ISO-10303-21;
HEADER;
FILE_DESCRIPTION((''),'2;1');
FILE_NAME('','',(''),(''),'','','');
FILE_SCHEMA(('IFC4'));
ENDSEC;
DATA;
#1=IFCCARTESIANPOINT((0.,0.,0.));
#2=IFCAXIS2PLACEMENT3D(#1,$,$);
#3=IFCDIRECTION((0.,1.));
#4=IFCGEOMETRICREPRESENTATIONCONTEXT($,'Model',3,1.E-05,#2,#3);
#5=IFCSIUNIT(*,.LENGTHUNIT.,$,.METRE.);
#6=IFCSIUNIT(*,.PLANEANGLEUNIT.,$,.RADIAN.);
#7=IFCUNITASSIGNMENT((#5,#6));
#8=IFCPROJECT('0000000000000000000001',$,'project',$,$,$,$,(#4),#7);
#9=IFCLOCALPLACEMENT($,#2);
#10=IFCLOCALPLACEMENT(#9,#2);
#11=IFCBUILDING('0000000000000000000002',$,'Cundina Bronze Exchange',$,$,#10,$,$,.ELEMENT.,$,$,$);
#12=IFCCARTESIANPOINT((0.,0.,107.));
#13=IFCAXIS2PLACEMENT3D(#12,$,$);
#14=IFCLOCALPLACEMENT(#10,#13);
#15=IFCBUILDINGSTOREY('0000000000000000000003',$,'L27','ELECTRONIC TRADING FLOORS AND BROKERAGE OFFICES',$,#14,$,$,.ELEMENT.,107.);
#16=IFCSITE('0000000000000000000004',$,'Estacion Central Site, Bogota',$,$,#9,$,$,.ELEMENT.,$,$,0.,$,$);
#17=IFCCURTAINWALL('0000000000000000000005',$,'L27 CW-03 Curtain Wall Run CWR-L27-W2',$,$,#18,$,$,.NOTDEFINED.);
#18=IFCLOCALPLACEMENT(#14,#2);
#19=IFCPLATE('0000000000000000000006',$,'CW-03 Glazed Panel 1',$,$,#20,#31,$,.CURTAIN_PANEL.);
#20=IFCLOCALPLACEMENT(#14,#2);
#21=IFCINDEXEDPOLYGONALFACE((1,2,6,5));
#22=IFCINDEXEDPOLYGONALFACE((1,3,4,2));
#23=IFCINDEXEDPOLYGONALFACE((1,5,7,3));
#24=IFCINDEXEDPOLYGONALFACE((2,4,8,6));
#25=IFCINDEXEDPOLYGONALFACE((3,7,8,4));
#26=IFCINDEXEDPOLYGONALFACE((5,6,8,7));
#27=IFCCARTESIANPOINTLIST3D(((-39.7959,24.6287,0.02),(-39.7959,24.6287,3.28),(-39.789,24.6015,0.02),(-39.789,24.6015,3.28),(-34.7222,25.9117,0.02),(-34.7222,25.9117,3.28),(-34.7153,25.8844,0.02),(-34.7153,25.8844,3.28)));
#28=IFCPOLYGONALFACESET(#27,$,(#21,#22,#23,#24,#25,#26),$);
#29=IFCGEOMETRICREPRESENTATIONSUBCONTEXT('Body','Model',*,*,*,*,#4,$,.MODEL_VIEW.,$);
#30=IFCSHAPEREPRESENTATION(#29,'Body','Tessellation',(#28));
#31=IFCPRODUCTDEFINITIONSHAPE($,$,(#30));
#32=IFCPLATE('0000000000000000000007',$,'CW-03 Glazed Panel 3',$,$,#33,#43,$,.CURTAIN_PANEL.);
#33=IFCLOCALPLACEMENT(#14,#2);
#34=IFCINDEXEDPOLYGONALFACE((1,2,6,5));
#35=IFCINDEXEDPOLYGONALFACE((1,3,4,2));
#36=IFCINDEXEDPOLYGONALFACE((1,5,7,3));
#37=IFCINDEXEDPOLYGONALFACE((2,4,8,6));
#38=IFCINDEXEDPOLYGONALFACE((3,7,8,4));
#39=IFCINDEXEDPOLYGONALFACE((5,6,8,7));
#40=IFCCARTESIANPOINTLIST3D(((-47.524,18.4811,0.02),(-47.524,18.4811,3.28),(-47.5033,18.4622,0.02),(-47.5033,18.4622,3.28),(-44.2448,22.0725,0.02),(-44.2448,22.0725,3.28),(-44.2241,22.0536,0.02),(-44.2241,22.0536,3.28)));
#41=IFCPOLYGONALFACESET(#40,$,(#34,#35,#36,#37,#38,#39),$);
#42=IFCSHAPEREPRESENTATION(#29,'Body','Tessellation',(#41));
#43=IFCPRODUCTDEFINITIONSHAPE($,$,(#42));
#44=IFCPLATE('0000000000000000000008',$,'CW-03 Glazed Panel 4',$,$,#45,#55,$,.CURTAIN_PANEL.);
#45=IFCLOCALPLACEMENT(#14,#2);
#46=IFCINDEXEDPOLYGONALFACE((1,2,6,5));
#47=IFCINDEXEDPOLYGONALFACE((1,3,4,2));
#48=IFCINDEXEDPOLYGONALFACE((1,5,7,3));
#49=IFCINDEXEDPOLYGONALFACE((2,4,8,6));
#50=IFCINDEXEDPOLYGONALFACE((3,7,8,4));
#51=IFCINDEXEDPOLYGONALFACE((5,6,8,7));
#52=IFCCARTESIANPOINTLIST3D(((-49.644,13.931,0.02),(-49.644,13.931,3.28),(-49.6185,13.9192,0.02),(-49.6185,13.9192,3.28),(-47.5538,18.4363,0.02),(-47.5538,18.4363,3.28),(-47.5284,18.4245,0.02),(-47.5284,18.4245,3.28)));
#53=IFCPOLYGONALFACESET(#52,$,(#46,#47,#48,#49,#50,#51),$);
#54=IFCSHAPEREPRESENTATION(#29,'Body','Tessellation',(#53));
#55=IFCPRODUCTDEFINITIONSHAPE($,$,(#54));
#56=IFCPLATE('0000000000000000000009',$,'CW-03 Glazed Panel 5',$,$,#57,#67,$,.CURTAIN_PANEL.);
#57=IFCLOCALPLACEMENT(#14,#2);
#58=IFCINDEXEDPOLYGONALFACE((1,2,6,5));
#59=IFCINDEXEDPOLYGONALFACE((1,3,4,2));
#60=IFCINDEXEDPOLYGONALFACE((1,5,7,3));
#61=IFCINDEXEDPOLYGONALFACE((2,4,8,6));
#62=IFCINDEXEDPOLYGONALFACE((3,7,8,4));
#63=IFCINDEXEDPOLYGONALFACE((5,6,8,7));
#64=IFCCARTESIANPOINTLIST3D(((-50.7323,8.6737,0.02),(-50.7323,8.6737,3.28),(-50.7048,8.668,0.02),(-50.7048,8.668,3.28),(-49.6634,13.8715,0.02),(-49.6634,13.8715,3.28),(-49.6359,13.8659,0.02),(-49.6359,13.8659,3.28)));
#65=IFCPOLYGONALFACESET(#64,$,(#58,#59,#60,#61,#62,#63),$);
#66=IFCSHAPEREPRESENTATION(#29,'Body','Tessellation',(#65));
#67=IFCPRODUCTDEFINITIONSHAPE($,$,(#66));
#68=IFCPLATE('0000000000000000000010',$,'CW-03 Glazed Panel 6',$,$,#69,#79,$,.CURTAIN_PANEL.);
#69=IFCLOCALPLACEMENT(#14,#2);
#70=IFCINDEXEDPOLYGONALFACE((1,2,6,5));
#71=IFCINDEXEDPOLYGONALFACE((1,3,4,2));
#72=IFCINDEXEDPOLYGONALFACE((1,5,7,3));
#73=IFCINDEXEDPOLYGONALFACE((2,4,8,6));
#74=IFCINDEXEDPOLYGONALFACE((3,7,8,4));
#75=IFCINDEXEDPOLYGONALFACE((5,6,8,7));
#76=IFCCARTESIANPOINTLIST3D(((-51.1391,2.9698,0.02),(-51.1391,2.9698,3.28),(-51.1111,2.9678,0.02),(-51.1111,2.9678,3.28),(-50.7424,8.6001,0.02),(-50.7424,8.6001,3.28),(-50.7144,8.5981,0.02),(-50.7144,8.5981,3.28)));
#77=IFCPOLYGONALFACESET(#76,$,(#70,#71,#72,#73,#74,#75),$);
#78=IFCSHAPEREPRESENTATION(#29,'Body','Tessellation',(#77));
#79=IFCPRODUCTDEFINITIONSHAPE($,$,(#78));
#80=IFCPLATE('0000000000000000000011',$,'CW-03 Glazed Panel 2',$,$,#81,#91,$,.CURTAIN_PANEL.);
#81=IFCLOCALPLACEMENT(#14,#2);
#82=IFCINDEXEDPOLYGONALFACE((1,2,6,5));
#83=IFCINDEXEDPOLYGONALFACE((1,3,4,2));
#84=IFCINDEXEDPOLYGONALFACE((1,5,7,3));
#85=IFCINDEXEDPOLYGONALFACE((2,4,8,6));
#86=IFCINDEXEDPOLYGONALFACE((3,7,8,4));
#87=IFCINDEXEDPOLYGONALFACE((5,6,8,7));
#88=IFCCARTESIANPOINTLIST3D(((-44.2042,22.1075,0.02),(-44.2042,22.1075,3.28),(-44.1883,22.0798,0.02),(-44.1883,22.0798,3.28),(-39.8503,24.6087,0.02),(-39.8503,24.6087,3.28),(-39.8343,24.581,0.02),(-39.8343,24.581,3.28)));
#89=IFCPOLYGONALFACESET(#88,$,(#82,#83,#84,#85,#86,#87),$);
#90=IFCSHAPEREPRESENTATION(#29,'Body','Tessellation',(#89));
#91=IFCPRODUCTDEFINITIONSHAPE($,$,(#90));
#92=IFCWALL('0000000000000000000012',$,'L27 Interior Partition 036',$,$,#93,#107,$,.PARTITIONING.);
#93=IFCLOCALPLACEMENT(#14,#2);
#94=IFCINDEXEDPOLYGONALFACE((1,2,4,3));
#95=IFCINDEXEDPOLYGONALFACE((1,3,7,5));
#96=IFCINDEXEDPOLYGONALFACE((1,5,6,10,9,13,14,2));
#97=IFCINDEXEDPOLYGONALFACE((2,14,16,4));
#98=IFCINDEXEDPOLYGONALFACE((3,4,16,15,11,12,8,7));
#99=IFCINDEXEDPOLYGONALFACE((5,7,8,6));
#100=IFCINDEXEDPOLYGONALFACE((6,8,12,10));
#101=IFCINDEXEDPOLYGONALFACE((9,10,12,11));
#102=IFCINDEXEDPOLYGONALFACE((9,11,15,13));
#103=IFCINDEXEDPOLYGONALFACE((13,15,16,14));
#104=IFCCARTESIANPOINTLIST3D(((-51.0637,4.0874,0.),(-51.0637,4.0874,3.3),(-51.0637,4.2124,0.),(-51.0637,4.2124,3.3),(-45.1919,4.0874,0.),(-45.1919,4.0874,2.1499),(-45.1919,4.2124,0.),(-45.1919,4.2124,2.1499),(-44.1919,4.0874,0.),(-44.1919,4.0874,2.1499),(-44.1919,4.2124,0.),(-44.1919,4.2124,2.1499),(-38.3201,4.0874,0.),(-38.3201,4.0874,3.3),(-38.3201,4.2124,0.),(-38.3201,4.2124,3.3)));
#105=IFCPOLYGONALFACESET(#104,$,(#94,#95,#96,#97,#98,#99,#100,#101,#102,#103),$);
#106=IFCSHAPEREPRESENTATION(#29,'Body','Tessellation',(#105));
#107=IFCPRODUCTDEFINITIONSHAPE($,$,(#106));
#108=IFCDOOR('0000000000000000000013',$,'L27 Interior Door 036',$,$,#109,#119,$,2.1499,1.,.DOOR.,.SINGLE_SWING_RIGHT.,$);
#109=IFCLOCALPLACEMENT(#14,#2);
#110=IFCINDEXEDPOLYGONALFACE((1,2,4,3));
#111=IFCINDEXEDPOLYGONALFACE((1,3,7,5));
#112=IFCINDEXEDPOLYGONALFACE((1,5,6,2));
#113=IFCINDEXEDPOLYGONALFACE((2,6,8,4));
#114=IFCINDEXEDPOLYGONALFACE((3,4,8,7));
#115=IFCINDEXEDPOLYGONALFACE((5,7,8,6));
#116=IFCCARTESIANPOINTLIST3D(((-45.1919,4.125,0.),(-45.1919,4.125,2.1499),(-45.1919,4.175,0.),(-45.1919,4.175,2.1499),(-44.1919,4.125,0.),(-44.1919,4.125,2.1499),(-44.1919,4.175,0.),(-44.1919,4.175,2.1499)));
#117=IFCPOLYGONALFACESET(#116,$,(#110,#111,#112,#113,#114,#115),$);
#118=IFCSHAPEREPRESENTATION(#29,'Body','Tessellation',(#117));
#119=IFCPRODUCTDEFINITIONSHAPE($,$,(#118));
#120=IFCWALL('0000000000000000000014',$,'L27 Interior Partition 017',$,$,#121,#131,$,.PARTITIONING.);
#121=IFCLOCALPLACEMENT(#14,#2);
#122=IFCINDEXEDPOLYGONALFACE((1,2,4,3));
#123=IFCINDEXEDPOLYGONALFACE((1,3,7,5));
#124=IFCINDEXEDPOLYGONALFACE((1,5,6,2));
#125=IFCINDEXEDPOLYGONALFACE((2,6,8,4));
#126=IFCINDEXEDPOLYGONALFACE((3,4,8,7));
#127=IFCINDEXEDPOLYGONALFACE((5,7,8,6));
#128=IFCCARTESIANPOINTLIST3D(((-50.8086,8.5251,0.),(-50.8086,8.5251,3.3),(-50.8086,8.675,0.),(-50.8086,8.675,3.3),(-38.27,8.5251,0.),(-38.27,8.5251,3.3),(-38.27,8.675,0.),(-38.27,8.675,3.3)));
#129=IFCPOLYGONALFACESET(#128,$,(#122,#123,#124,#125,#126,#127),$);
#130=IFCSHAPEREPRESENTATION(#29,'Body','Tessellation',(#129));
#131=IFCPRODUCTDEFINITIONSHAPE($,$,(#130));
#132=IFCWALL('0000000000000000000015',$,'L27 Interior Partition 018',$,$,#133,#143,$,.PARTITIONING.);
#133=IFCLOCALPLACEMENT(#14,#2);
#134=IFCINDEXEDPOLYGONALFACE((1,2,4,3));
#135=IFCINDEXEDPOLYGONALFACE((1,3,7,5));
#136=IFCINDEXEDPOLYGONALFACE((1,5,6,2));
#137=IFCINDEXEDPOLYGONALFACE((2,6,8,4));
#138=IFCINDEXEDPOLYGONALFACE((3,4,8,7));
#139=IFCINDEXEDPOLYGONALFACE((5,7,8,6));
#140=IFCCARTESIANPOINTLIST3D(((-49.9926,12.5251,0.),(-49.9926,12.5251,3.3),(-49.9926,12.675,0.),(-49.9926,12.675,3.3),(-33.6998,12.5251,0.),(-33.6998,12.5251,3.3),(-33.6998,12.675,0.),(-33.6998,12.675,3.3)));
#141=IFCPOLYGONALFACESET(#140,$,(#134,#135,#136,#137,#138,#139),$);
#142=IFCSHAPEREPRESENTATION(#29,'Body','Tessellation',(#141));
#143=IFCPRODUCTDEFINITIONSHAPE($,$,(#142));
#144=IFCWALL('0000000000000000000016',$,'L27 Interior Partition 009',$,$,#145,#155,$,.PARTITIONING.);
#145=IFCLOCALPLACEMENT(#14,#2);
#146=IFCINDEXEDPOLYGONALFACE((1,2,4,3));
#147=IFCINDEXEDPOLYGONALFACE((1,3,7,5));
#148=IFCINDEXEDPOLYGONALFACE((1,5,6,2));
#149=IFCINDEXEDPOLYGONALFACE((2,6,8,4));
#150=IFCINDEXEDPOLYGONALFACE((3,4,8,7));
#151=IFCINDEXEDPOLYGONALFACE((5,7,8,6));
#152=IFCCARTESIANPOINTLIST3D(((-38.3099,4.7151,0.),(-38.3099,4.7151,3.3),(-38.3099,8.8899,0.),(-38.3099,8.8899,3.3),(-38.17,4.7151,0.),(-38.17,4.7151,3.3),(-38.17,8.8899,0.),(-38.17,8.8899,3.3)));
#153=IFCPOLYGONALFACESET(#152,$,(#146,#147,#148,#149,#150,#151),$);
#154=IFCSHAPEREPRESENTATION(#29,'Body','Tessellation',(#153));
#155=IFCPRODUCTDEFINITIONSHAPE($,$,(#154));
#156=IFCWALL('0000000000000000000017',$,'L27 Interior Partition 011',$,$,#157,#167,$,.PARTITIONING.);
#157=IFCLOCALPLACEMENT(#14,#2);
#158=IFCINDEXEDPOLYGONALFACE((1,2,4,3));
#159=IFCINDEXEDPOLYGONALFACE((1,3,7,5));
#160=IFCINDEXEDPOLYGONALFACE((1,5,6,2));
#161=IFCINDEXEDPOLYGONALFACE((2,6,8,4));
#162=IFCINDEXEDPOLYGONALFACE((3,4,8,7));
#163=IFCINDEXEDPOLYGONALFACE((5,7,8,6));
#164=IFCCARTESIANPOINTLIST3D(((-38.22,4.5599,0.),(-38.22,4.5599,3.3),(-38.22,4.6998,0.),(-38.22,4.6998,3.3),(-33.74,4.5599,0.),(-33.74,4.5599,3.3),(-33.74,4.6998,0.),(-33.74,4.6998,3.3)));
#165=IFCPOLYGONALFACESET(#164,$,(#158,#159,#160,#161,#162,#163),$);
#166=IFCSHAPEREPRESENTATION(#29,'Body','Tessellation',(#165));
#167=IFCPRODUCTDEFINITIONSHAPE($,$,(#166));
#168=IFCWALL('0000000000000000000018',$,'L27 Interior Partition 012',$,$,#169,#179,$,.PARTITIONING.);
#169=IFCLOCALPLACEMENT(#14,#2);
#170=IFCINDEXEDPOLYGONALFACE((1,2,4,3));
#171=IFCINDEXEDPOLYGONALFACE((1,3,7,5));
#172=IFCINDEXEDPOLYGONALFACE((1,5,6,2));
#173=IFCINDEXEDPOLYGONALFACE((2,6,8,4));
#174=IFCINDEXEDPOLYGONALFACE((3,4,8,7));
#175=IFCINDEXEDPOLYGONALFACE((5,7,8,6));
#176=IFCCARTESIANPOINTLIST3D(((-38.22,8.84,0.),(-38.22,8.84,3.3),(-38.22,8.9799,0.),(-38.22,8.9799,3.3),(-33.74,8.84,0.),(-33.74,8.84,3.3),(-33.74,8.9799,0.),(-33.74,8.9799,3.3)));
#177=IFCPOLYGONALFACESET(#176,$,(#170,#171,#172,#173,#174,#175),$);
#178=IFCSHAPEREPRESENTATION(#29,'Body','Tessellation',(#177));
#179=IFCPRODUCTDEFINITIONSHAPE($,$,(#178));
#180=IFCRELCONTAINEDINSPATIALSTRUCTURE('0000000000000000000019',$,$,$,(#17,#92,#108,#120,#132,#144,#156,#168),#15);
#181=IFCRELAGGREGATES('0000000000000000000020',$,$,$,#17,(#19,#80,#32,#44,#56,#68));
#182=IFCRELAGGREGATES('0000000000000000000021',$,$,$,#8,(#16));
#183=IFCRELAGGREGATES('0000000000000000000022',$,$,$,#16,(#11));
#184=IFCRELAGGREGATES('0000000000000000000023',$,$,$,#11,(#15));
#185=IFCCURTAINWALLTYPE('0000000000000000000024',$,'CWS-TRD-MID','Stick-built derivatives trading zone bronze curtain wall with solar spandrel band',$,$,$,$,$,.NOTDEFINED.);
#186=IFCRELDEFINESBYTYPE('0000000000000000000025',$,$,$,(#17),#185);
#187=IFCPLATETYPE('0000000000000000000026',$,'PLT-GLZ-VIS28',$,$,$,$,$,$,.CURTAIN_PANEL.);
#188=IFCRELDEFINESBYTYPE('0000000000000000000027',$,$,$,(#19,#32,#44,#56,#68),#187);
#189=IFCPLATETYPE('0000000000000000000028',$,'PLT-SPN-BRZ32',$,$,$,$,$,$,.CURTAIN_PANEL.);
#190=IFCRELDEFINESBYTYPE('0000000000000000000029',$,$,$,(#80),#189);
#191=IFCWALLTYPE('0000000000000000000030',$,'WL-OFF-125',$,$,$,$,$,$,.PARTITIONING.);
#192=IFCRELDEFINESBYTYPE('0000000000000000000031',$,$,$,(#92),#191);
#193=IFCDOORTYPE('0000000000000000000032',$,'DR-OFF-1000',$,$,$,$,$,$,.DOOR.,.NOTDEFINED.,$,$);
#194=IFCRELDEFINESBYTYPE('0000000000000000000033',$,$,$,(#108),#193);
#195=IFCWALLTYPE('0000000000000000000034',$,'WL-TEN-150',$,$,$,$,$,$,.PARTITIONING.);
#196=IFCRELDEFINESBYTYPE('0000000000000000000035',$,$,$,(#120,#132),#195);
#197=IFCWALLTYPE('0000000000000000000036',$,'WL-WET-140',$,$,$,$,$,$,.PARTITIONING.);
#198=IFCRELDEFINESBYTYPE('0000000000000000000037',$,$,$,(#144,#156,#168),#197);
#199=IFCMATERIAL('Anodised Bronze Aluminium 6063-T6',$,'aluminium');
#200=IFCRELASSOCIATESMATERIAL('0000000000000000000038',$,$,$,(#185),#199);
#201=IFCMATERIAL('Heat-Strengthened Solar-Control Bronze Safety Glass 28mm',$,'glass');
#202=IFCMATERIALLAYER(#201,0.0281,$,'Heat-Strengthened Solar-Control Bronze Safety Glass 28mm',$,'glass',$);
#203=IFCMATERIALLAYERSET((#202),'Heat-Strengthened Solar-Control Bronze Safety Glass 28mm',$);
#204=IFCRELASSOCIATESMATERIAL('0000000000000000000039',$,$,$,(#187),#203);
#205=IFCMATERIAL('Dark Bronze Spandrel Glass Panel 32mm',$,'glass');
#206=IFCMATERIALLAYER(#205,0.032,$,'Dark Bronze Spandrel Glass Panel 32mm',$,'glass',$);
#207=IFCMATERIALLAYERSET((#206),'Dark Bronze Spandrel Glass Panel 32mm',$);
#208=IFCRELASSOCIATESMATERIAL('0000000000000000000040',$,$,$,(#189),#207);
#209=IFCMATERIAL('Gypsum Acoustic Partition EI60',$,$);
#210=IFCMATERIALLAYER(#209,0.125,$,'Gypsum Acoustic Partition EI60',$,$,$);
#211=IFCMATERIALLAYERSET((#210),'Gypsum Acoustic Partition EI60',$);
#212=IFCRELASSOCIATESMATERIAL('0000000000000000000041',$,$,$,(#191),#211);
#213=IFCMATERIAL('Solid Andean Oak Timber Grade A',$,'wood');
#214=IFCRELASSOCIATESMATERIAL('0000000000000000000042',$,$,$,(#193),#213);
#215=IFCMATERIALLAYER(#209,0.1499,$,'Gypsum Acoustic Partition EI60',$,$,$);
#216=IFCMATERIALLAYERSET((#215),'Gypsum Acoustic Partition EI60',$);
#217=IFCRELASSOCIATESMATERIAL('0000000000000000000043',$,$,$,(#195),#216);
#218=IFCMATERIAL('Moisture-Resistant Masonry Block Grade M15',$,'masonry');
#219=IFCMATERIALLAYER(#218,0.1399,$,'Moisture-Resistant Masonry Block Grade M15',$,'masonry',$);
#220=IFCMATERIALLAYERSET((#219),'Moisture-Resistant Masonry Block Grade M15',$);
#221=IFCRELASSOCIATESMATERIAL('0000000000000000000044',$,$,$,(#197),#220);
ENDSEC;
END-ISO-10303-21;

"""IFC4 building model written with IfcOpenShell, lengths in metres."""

from ifc_helpers import new_model, si_unit, direction, frame, frame_2d, origin, origin_2d, place, context, subcontext, project, spatial, rectangle, extrude, material, layer, layer_set, type_object, element, fill, aggregate, save


model = new_model("IFC4")

# Units and contexts
model_context = context("Model", 3, precision=1e-05, world=origin(), true_north=direction((0.0, 1.0)))
body_context = subcontext(model_context, "Body", "Model", "MODEL_VIEW")
ifc_project = project(units=[si_unit("LENGTHUNIT", "METRE"), si_unit("PLANEANGLEUNIT", "RADIAN")], contexts=[model_context])

# Site, building, storey
site_placement = place(None, origin())
site = spatial("IfcSite", under=ifc_project, at=site_placement, Name="Estacion Central Site, Bogota", CompositionType="ELEMENT", RefElevation=0.0)
building_placement = place(site_placement, origin())
building = spatial("IfcBuilding", under=site, at=building_placement, Name="Cundina Bronze Exchange", CompositionType="ELEMENT")
storey_placement = place(building_placement, frame((0.0, 0.0, 107.0)))
storey = spatial("IfcBuildingStorey", under=building, at=storey_placement, Name="L27", Description="ELECTRONIC TRADING FLOORS AND BROKERAGE OFFICES", CompositionType="ELEMENT", Elevation=107.0)

# Curtain wall, plates
ifc_material_1 = material(Name="Anodised Bronze Aluminium 6063-T6", Category="aluminium")
curtain_wall_type = type_object("IfcCurtainWallType", Name="CWS-TRD-MID", Description="Stick-built derivatives trading zone bronze curtain wall with solar spandrel band", PredefinedType="NOTDEFINED", material=ifc_material_1)
curtain_wall_placement = place(storey_placement, origin())
curtain_wall = element("IfcCurtainWall", 1, at=curtain_wall_placement, inside=storey, type_object=curtain_wall_type, Name="L27 CW-03 Curtain Wall Run CWR-L27-W2", PredefinedType="NOTDEFINED")
ifc_material_2 = material(Name="Heat-Strengthened Solar-Control Bronze Safety Glass 28mm", Category="glass")
ifc_layer_1 = layer(ifc_material_2, 0.0281, Name="Heat-Strengthened Solar-Control Bronze Safety Glass 28mm", Category="glass")
ifc_layer_set_1 = layer_set([ifc_layer_1], Name="Heat-Strengthened Solar-Control Bronze Safety Glass 28mm")
plate_type_1 = type_object("IfcPlateType", Name="PLT-GLZ-VIS28", PredefinedType="CURTAIN_PANEL", material=ifc_layer_set_1)
plate_1_placement = place(storey_placement, frame((-37.2556, 25.2566, 0.02), z_axis=(0.0, 0.0, 1.0), x_axis=(-0.969488, -0.245138, 0.0)))
plate_1 = element("IfcPlate", 2, at=plate_1_placement, type_object=plate_type_1, Name="CW-03 Glazed Panel 1", PredefinedType="CURTAIN_PANEL", context=body_context, shape_type="SweptSolid", body=[
    extrude(rectangle(XDim=5.2334, YDim=0.0281, at=origin_2d()), origin(), (0.0, 0.0, 1.0), 3.26),
])
plate_2_placement = place(storey_placement, frame((-45.874, 20.2673, 0.02), z_axis=(0.0, 0.0, 1.0), x_axis=(-0.674277, -0.738479, 0.0)))
plate_2 = element("IfcPlate", 3, at=plate_2_placement, type_object=plate_type_1, Name="CW-03 Glazed Panel 3", PredefinedType="CURTAIN_PANEL", context=body_context, shape_type="SweptSolid", body=[
    extrude(rectangle(XDim=4.8633, YDim=0.0281, at=origin_2d()), origin(), (0.0, 0.0, 1.0), 3.26),
])
plate_3_placement = place(storey_placement, frame((-48.5862, 16.1777, 0.02), z_axis=(0.0, 0.0, 1.0), x_axis=(-0.420846, -0.907132, 0.0)))
plate_3 = element("IfcPlate", 4, at=plate_3_placement, type_object=plate_type_1, Name="CW-03 Glazed Panel 4", PredefinedType="CURTAIN_PANEL", context=body_context, shape_type="SweptSolid", body=[
    extrude(rectangle(XDim=4.9666, YDim=0.0281, at=origin_2d()), origin(), (0.0, 0.0, 1.0), 3.26),
])
plate_4_placement = place(storey_placement, frame((-50.1841, 11.2698, 0.02), z_axis=(0.0, 0.0, 1.0), x_axis=(-0.20142, -0.979505, 0.0)))
plate_4 = element("IfcPlate", 5, at=plate_4_placement, type_object=plate_type_1, Name="CW-03 Glazed Panel 5", PredefinedType="CURTAIN_PANEL", context=body_context, shape_type="SweptSolid", body=[
    extrude(rectangle(XDim=5.3066, YDim=0.0281, at=origin_2d()), origin(), (0.0, 0.0, 1.0), 3.26),
])
plate_5_placement = place(storey_placement, frame((-50.9268, 5.7839, 0.02), z_axis=(0.0, 0.0, 1.0), x_axis=(-0.070279, -0.997527, 0.0)))
plate_5 = element("IfcPlate", 6, at=plate_5_placement, type_object=plate_type_1, Name="CW-03 Glazed Panel 6", PredefinedType="CURTAIN_PANEL", context=body_context, shape_type="SweptSolid", body=[
    extrude(rectangle(XDim=5.6443, YDim=0.0281, at=origin_2d()), origin(), (0.0, 0.0, 1.0), 3.26),
])
ifc_material_3 = material(Name="Dark Bronze Spandrel Glass Panel 32mm", Category="glass")
ifc_layer_2 = layer(ifc_material_3, 0.032, Name="Dark Bronze Spandrel Glass Panel 32mm", Category="glass")
ifc_layer_set_2 = layer_set([ifc_layer_2], Name="Dark Bronze Spandrel Glass Panel 32mm")
plate_type_2 = type_object("IfcPlateType", Name="PLT-SPN-BRZ32", PredefinedType="CURTAIN_PANEL", material=ifc_layer_set_2)
plate_6_placement = place(storey_placement, frame((-42.0193, 23.3442, 0.02), z_axis=(0.0, 0.0, 1.0), x_axis=(-0.867105, -0.498125, 0.0)))
plate_6 = element("IfcPlate", 7, at=plate_6_placement, type_object=plate_type_2, Name="CW-03 Glazed Panel 2", PredefinedType="CURTAIN_PANEL", context=body_context, shape_type="SweptSolid", body=[
    extrude(rectangle(XDim=5.0212, YDim=0.032, at=origin_2d()), origin(), (0.0, 0.0, 1.0), 3.26),
])
aggregate(curtain_wall, [plate_1, plate_6, plate_2, plate_3, plate_4, plate_5])

# Wall, opening, door
ifc_material_4 = material(Name="Gypsum Acoustic Partition EI60")
ifc_layer_3 = layer(ifc_material_4, 0.125, Name="Gypsum Acoustic Partition EI60")
ifc_layer_set_3 = layer_set([ifc_layer_3], Name="Gypsum Acoustic Partition EI60")
wall_type_1 = type_object("IfcWallType", Name="WL-OFF-125", PredefinedType="PARTITIONING", material=ifc_layer_set_3)
wall_1_placement = place(storey_placement, frame((-38.3201, 4.1499, 0.0), z_axis=(0.0, 0.0, 1.0), x_axis=(-1.0, 0.0, 0.0)))
wall_1 = element("IfcWall", 8, at=wall_1_placement, inside=storey, type_object=wall_type_1, Name="L27 Interior Partition 036", PredefinedType="PARTITIONING", context=body_context, shape_type="SweptSolid", body=[
    extrude(rectangle(XDim=12.7437, YDim=0.125, at=frame_2d((6.3718, 0.0))), origin(), (0.0, 0.0, 1.0), 3.3),
])
opening_placement = place(wall_1_placement, frame((5.8718, 0.0, 0.0)))
opening = element("IfcOpeningElement", 9, at=opening_placement, cuts=wall_1, PredefinedType="OPENING", context=body_context, shape_type="SweptSolid", body=[
    extrude(rectangle(XDim=1.0, YDim=2.1499, at=frame_2d((0.5, 1.075))), frame((0.0, 0.0725, 0.0), z_axis=(0.0, -1.0, 0.0), x_axis=(1.0, 0.0, 0.0)), (0.0, 0.0, 1.0), 0.145),
])
ifc_material_5 = material(Name="Solid Andean Oak Timber Grade A", Category="wood")
door_type = type_object("IfcDoorType", Name="DR-OFF-1000", OperationType="NOTDEFINED", PredefinedType="DOOR", material=ifc_material_5)
door_placement = place(opening_placement, origin())
door = element("IfcDoor", 10, at=door_placement, inside=storey, type_object=door_type, Name="L27 Interior Door 036", OperationType="SINGLE_SWING_RIGHT", OverallHeight=2.1499, OverallWidth=1.0, PredefinedType="DOOR", context=body_context, shape_type="SweptSolid", body=[
    extrude(rectangle(XDim=1.0, YDim=2.1499, at=frame_2d((0.5, 1.075))), frame((0.0, 0.0249, 0.0), z_axis=(0.0, -1.0, 0.0), x_axis=(1.0, 0.0, 0.0)), (0.0, 0.0, 1.0), 0.05),
])
fill(opening, door)

# Walls
ifc_layer_4 = layer(ifc_material_4, 0.1499, Name="Gypsum Acoustic Partition EI60")
ifc_layer_set_4 = layer_set([ifc_layer_4], Name="Gypsum Acoustic Partition EI60")
wall_type_2 = type_object("IfcWallType", Name="WL-TEN-150", PredefinedType="PARTITIONING", material=ifc_layer_set_4)
wall_2_placement = place(storey_placement, frame((-50.8086, 8.6001, 0.0), z_axis=(0.0, 0.0, 1.0), x_axis=(1.0, 0.0, 0.0)))
element("IfcWall", 11, at=wall_2_placement, inside=storey, type_object=wall_type_2, Name="L27 Interior Partition 017", PredefinedType="PARTITIONING", context=body_context, shape_type="SweptSolid", body=[
    extrude(rectangle(XDim=12.5386, YDim=0.1499, at=frame_2d((6.2693, 0.0))), origin(), (0.0, 0.0, 1.0), 3.3),
])
wall_3_placement = place(storey_placement, frame((-49.9927, 12.6001, 0.0), z_axis=(0.0, 0.0, 1.0), x_axis=(1.0, 0.0, 0.0)))
element("IfcWall", 12, at=wall_3_placement, inside=storey, type_object=wall_type_2, Name="L27 Interior Partition 018", PredefinedType="PARTITIONING", context=body_context, shape_type="SweptSolid", body=[
    extrude(rectangle(XDim=16.2927, YDim=0.1499, at=frame_2d((8.1465, 0.0))), origin(), (0.0, 0.0, 1.0), 3.3),
])
ifc_material_6 = material(Name="Moisture-Resistant Masonry Block Grade M15", Category="masonry")
ifc_layer_5 = layer(ifc_material_6, 0.1399, Name="Moisture-Resistant Masonry Block Grade M15", Category="masonry")
ifc_layer_set_5 = layer_set([ifc_layer_5], Name="Moisture-Resistant Masonry Block Grade M15")
wall_type_3 = type_object("IfcWallType", Name="WL-WET-140", PredefinedType="PARTITIONING", material=ifc_layer_set_5)
wall_4_placement = place(storey_placement, frame((-38.24, 4.7151, 0.0), z_axis=(0.0, 0.0, 1.0), x_axis=(0.0, 1.0, 0.0)))
element("IfcWall", 13, at=wall_4_placement, inside=storey, type_object=wall_type_3, Name="L27 Interior Partition 009", PredefinedType="PARTITIONING", context=body_context, shape_type="SweptSolid", body=[
    extrude(rectangle(XDim=4.1748, YDim=0.1399, at=frame_2d((2.0874, 0.0))), origin(), (0.0, 0.0, 1.0), 3.3),
])
for number, where, z_axis, x_axis, name in (
    (14, (-38.22, 4.6299, 0.0), (0.0, 0.0, 1.0), (1.0, 0.0, 0.0), "L27 Interior Partition 011"),
    (15, (-38.22, 8.9099, 0.0), (0.0, 0.0, 1.0), (1.0, 0.0, 0.0), "L27 Interior Partition 012"),
):
    element("IfcWall", number, at=place(storey_placement, frame(where, z_axis=z_axis, x_axis=x_axis)), inside=storey, type_object=wall_type_3, Name=name, PredefinedType="PARTITIONING", context=body_context, shape_type="SweptSolid", body=[
        extrude(rectangle(XDim=4.48, YDim=0.1399, at=frame_2d((2.24, 0.0))), origin(), (0.0, 0.0, 1.0), 3.3),
    ])

save(model, "model.ifc")
